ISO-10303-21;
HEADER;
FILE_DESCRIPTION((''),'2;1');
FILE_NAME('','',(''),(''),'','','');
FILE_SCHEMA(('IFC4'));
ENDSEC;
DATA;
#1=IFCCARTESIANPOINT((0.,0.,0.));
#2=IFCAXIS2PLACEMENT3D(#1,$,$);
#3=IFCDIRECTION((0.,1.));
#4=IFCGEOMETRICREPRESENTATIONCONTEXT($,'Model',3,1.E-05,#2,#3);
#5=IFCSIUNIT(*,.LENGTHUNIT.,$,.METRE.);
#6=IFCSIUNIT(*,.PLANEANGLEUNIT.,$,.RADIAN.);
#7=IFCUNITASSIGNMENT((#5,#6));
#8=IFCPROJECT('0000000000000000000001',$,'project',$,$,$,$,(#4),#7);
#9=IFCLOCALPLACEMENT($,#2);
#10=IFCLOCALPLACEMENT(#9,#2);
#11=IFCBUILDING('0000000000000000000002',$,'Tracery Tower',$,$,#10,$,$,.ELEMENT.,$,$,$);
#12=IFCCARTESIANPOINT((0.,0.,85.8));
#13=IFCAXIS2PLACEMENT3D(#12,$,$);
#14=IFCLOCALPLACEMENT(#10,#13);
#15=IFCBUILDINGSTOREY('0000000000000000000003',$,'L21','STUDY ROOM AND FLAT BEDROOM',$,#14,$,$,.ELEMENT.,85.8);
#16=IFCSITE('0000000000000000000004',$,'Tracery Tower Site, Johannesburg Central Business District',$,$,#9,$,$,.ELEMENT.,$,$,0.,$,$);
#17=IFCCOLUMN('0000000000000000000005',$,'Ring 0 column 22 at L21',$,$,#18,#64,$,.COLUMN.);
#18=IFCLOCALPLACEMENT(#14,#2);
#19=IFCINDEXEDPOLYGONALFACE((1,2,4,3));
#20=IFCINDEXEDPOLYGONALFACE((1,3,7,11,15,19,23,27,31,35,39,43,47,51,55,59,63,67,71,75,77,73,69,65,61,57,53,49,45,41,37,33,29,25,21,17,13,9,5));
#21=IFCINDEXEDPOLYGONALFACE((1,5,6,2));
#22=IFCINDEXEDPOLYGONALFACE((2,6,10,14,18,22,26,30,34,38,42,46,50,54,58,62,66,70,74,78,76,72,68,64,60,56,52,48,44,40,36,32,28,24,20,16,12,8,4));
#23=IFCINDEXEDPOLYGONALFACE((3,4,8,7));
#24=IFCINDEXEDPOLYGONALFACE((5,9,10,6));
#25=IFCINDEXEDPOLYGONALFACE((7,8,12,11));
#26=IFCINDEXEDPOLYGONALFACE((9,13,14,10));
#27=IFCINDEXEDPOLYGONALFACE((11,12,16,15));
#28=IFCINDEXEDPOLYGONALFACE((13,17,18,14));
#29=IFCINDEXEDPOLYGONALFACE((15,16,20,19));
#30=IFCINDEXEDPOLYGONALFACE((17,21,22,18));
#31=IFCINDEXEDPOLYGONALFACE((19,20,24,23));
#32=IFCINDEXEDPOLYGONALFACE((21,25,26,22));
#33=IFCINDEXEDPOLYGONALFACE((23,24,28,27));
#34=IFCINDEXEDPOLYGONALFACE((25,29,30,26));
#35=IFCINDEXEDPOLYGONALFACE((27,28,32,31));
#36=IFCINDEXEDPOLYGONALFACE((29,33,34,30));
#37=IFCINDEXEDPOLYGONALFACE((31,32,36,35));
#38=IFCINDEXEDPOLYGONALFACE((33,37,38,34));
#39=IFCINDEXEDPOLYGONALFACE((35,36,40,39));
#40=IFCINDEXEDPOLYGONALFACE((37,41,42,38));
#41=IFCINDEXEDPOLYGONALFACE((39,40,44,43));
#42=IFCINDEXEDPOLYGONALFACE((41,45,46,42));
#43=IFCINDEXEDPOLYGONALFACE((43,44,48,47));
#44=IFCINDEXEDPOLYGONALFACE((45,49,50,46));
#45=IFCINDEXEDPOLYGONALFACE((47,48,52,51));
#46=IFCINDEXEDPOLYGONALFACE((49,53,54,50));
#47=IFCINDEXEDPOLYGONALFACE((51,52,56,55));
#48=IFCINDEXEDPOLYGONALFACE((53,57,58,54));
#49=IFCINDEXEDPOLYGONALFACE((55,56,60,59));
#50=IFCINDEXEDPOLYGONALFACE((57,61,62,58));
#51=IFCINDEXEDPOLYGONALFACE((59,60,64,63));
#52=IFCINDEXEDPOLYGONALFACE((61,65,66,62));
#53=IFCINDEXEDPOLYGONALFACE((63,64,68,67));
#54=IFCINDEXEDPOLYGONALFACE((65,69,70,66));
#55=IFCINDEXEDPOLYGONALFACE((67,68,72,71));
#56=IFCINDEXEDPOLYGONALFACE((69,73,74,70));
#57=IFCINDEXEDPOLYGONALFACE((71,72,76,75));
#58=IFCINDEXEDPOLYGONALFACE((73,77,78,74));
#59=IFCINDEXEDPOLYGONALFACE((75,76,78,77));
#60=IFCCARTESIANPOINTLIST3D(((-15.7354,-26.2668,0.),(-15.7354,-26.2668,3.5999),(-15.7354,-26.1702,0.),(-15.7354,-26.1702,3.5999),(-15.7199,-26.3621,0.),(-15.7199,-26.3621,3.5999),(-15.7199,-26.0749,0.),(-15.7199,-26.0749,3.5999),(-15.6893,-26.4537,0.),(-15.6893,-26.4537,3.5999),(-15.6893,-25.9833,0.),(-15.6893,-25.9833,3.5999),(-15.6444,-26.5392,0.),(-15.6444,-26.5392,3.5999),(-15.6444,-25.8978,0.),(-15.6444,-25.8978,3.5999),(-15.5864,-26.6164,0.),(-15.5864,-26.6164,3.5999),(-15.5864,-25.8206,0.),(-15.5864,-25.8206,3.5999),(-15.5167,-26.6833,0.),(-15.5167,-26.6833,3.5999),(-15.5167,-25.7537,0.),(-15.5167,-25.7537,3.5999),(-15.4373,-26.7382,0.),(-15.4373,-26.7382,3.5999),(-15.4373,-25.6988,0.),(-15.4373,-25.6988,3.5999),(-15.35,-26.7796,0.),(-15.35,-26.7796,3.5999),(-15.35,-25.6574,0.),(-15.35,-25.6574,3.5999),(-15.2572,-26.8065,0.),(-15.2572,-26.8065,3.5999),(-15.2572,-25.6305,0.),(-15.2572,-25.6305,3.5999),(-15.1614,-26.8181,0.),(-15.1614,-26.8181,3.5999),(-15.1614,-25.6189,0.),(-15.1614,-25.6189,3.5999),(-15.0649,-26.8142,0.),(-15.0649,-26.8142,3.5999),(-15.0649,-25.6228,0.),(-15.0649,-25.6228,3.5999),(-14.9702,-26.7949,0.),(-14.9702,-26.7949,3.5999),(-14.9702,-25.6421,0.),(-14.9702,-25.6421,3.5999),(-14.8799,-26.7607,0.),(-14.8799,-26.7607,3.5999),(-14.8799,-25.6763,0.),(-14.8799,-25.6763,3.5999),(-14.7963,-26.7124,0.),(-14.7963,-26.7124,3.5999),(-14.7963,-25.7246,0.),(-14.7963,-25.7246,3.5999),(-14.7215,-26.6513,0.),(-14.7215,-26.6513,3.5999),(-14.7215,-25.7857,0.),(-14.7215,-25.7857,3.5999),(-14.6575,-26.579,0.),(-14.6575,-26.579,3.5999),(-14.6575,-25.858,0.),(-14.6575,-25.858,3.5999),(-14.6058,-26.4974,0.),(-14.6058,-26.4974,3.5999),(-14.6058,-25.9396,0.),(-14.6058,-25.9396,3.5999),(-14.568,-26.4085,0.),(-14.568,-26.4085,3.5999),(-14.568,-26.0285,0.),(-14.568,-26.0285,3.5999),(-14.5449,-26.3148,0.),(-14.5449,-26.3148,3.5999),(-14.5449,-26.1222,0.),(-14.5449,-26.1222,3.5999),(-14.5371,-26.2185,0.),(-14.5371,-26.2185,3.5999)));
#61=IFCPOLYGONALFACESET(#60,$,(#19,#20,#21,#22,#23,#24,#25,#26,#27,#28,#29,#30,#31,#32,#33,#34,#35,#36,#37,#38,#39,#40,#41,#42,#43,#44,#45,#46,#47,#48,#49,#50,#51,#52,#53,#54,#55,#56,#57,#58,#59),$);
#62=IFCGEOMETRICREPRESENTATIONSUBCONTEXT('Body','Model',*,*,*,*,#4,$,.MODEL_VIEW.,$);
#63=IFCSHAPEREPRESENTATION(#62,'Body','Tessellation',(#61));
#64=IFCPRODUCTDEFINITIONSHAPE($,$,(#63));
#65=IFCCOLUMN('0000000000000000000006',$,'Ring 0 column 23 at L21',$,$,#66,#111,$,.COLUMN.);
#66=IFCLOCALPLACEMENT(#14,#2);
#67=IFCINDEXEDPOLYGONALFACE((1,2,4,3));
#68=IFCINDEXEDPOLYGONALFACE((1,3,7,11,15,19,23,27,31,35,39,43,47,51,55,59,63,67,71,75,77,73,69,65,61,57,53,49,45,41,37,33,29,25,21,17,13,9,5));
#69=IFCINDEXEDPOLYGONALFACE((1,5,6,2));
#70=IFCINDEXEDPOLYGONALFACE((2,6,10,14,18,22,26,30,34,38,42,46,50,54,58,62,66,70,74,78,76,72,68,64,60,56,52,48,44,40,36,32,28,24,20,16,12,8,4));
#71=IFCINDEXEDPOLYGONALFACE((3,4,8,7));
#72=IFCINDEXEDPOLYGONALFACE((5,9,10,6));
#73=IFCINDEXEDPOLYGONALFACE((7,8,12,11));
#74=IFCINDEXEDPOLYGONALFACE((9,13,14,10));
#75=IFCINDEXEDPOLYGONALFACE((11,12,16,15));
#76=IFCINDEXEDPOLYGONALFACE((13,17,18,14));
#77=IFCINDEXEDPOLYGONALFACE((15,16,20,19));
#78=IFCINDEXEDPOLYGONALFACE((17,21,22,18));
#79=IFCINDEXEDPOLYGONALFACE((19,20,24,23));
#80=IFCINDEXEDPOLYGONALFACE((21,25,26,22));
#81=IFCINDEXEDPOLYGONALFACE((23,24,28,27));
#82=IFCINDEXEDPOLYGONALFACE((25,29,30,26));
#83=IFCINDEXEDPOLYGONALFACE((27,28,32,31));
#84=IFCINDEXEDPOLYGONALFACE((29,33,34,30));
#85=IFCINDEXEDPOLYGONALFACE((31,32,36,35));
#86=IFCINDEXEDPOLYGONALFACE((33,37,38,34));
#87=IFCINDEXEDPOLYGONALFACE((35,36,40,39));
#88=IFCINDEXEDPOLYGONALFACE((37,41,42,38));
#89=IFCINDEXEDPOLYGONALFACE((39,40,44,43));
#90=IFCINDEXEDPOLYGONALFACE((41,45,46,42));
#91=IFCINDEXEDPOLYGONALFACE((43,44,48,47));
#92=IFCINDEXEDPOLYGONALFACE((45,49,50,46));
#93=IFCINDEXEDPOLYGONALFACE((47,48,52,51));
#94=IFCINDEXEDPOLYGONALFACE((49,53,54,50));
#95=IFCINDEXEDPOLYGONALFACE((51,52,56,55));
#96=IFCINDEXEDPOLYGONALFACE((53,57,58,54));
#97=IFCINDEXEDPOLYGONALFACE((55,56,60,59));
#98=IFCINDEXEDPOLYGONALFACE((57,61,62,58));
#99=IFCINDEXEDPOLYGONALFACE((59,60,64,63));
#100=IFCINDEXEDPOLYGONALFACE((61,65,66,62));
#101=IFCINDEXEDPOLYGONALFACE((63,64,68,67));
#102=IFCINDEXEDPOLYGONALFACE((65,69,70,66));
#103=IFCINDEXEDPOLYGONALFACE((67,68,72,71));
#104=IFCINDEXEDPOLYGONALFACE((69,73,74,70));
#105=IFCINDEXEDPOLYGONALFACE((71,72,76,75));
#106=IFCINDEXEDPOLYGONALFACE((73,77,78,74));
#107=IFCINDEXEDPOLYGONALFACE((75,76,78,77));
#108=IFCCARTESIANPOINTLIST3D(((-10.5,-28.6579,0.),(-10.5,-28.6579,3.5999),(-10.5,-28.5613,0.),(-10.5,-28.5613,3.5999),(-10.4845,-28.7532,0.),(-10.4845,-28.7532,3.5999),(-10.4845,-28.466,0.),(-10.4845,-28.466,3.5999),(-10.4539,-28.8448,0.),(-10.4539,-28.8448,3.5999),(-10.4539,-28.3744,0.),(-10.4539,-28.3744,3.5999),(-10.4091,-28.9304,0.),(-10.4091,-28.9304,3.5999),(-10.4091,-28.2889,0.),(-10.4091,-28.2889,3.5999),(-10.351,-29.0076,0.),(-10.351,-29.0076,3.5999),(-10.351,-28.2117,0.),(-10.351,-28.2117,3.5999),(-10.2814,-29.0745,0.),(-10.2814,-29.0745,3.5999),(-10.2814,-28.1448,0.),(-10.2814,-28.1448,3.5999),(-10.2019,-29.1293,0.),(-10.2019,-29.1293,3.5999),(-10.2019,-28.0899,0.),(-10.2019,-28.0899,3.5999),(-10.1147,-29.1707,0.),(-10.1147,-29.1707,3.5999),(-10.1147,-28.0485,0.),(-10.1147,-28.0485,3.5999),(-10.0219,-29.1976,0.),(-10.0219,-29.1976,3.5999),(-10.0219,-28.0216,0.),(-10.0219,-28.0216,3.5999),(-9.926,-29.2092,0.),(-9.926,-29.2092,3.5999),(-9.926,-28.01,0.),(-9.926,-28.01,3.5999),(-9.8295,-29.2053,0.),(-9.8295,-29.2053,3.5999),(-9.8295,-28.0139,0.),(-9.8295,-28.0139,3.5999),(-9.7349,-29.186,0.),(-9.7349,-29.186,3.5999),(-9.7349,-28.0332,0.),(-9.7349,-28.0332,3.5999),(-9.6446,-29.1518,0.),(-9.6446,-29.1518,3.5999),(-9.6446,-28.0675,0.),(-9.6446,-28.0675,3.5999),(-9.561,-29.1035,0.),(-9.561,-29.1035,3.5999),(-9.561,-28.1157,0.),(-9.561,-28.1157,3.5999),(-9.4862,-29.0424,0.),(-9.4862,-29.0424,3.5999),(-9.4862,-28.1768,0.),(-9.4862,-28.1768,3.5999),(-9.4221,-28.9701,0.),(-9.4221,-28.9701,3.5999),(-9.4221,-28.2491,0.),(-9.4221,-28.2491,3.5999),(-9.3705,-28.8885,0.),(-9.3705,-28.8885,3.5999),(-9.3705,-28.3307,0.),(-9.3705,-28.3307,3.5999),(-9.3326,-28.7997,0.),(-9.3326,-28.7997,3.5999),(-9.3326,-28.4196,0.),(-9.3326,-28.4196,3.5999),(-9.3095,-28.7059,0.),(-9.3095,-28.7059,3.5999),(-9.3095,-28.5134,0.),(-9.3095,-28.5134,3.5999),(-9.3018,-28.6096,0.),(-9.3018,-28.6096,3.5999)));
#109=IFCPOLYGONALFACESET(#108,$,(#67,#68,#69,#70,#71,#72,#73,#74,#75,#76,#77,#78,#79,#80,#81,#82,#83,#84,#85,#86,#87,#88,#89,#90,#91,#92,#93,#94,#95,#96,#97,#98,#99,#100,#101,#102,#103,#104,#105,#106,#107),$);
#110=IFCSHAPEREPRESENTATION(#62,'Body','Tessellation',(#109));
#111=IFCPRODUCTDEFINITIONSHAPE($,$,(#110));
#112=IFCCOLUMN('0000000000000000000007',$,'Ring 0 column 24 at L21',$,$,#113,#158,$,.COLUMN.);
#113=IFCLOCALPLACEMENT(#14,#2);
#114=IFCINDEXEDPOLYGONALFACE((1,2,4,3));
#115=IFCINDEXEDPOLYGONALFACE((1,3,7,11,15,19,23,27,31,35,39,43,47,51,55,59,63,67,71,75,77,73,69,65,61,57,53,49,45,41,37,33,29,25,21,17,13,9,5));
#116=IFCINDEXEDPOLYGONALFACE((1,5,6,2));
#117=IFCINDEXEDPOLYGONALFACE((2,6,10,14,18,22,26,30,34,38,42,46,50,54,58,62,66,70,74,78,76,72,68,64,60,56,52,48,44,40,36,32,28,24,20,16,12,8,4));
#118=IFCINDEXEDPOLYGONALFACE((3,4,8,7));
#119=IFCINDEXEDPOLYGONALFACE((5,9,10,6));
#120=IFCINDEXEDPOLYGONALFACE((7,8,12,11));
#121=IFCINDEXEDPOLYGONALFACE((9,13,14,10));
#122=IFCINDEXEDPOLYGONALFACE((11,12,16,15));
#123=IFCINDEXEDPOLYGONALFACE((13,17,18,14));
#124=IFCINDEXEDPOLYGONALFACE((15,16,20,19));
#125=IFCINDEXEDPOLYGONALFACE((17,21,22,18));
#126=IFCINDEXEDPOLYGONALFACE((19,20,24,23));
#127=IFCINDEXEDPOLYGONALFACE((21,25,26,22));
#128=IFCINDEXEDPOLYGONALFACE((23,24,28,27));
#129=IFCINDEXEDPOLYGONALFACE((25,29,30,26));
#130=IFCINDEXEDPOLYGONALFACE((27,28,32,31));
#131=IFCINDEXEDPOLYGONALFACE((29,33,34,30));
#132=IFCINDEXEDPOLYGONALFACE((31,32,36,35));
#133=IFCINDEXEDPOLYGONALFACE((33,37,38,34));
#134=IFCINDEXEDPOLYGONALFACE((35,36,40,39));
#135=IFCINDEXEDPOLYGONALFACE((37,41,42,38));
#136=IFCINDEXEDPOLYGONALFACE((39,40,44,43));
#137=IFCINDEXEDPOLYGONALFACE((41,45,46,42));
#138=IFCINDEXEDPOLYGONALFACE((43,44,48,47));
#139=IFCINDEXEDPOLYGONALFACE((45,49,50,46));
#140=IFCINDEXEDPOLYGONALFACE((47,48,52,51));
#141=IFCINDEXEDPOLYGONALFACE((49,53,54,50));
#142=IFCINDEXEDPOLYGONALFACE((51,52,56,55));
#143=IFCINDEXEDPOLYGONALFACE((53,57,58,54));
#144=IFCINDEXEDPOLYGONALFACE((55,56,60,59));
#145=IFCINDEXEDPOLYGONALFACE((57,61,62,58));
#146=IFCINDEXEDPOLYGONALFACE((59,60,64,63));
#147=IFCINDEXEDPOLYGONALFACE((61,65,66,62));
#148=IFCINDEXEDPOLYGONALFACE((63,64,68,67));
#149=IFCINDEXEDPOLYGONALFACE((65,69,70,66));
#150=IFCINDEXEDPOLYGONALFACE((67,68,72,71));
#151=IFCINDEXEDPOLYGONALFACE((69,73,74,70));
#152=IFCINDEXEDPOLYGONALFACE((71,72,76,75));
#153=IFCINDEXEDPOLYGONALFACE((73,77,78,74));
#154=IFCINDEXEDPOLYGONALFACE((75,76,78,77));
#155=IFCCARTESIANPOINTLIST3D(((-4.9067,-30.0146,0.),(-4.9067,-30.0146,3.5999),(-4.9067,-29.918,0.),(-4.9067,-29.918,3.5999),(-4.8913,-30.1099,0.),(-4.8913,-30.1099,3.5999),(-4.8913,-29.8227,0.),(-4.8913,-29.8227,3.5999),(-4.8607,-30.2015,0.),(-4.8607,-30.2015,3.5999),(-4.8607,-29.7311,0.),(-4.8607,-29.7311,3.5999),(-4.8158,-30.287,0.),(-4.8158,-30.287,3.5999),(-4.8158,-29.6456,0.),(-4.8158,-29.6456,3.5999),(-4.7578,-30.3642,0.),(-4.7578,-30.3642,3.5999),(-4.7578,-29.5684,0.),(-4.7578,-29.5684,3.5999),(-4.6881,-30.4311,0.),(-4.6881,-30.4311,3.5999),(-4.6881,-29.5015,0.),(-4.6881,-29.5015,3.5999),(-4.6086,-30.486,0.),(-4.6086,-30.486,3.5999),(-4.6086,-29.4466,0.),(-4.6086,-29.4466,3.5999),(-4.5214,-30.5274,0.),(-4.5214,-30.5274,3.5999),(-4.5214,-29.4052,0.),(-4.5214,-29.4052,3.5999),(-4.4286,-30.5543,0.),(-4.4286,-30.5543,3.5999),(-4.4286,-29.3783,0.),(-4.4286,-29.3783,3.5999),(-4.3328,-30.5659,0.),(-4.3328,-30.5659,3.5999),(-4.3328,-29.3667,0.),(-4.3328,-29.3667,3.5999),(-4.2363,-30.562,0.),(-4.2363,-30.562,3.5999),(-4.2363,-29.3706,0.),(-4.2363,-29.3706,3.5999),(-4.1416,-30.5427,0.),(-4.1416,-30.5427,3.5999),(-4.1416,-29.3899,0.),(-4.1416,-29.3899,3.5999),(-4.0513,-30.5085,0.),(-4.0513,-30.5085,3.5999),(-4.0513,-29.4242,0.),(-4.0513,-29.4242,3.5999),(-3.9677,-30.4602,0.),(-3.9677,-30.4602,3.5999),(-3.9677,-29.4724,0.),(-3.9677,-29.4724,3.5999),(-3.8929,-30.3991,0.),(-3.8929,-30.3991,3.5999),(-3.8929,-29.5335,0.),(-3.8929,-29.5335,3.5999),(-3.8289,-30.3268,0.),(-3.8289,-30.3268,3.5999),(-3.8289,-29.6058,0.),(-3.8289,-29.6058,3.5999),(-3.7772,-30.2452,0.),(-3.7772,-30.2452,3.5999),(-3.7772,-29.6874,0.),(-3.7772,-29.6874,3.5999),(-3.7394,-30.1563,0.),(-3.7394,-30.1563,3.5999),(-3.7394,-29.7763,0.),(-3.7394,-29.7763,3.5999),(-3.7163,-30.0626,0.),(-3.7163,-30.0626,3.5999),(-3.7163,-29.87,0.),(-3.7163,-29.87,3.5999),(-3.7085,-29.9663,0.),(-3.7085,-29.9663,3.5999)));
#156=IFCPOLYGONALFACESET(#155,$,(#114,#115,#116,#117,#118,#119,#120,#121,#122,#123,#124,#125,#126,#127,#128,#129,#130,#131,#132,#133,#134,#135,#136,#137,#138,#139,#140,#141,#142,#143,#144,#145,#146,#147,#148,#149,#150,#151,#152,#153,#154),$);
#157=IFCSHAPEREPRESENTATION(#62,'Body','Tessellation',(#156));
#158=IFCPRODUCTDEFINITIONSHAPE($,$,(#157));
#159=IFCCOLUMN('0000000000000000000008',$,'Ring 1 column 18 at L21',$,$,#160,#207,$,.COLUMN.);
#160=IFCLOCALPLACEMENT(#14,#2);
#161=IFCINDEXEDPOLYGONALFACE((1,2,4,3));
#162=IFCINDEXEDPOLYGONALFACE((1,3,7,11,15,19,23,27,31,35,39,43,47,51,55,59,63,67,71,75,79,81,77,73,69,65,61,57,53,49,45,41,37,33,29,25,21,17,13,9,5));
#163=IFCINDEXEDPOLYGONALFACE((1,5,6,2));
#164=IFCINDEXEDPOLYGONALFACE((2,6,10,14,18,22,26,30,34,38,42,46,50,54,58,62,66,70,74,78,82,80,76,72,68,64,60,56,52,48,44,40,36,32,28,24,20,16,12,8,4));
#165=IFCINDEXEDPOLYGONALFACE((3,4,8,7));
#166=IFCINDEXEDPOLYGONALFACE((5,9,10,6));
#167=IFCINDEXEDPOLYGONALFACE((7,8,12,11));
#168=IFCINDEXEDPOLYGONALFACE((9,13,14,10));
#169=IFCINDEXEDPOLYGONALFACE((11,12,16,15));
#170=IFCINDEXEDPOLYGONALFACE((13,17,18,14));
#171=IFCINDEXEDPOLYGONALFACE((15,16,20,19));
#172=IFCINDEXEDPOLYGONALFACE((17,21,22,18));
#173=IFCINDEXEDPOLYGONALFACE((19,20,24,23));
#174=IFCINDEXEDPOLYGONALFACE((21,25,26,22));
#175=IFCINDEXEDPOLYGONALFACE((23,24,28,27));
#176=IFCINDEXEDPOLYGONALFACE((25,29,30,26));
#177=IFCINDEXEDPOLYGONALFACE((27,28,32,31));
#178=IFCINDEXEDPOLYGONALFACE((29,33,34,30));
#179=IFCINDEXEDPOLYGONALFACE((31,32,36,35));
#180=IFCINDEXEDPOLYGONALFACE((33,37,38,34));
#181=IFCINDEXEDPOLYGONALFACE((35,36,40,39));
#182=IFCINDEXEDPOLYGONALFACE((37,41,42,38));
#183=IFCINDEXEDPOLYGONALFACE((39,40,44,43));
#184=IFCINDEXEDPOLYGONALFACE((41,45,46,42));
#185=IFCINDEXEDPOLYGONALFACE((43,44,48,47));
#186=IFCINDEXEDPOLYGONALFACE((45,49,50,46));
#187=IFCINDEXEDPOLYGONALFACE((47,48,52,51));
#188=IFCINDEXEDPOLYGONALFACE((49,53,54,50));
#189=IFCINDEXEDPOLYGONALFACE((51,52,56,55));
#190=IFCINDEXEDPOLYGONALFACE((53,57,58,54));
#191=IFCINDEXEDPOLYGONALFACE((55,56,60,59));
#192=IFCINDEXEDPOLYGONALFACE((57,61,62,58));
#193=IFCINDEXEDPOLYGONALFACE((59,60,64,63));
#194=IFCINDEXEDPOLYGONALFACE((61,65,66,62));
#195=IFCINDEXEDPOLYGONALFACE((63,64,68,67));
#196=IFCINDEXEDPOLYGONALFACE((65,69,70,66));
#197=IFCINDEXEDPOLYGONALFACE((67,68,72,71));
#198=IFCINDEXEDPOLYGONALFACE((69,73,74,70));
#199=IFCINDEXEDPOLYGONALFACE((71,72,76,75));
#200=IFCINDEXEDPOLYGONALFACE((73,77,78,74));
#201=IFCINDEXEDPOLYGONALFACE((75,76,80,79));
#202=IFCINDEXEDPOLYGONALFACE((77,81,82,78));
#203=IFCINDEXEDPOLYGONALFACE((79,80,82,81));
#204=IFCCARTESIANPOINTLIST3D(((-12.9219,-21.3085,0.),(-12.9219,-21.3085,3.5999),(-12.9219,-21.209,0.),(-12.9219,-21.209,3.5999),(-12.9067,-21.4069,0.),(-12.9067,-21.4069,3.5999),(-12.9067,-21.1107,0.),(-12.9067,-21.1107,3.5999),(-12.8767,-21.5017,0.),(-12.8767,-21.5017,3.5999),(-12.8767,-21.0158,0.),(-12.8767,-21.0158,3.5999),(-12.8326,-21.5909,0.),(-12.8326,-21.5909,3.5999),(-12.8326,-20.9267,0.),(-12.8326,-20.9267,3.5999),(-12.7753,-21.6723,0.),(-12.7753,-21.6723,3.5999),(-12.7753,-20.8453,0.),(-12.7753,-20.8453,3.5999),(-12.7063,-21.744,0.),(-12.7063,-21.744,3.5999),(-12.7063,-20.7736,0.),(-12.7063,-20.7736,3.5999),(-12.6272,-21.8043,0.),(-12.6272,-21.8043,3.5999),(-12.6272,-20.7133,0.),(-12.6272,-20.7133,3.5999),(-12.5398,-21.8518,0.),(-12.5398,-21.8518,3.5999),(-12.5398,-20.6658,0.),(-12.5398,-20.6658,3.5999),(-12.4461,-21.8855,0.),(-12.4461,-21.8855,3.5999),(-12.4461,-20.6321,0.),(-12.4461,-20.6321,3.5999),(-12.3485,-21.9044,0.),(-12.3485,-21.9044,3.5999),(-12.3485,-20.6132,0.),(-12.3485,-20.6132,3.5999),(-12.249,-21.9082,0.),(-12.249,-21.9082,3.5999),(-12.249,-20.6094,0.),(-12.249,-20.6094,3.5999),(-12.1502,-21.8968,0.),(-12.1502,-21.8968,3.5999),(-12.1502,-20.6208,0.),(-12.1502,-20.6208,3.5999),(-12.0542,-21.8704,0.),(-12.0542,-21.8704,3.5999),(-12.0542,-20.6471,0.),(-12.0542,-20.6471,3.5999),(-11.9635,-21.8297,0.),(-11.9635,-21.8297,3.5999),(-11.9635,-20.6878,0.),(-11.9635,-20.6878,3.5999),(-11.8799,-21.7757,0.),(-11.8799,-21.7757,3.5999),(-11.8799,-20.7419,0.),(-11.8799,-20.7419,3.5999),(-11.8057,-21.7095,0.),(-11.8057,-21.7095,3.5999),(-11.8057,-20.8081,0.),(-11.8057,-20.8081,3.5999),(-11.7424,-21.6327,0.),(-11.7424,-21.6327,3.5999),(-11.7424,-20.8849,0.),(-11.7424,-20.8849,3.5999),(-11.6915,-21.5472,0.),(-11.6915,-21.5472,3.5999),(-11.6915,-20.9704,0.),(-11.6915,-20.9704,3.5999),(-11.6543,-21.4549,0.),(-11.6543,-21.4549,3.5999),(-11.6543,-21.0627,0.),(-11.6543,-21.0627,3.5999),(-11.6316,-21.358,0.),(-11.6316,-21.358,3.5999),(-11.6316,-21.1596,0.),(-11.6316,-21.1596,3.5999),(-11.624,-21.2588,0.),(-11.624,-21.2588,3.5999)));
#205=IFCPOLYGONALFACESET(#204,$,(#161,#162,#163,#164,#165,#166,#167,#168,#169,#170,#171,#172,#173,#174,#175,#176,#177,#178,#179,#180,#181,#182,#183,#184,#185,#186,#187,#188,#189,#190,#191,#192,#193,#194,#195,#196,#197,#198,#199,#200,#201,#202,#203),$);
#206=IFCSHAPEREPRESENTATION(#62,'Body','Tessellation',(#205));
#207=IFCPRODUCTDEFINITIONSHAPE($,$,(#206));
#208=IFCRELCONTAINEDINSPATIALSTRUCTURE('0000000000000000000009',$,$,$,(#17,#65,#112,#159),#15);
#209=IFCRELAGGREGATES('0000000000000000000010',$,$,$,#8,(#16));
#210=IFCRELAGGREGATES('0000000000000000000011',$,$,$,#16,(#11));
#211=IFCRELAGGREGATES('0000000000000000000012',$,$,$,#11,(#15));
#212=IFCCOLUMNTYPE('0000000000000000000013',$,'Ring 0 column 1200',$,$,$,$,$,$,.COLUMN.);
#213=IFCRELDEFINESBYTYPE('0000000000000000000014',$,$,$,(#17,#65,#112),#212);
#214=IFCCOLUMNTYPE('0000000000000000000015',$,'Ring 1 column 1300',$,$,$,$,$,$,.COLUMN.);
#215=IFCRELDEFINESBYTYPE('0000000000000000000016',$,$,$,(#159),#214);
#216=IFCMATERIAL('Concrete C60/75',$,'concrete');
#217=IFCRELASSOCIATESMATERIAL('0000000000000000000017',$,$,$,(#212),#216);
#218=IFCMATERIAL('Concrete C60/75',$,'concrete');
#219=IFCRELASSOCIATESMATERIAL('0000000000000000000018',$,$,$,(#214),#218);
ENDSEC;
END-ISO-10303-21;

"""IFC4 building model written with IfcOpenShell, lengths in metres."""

from ifc_helpers import new_model, si_unit, direction, frame, origin, origin_2d, place, context, subcontext, project, spatial, circle, extrude, material, material_profile, profile_set, type_object, element, save


model = new_model("IFC4")

# Units and contexts
model_context = context("Model", 3, precision=1e-05, world=origin(), true_north=direction((0.0, 1.0)))
body_context = subcontext(model_context, "Body", "Model", "MODEL_VIEW")
ifc_project = project(units=[si_unit("LENGTHUNIT", "METRE"), si_unit("PLANEANGLEUNIT", "RADIAN")], contexts=[model_context])

# Site, building, storey
site_placement = place(None, origin())
site = spatial("IfcSite", under=ifc_project, at=site_placement, Name="Tracery Tower Site, Johannesburg Central Business District", CompositionType="ELEMENT", RefElevation=0.0)
building_placement = place(site_placement, origin())
building = spatial("IfcBuilding", under=site, at=building_placement, Name="Tracery Tower", CompositionType="ELEMENT")
storey_placement = place(building_placement, frame((0.0, 0.0, 85.8)))
storey = spatial("IfcBuildingStorey", under=building, at=storey_placement, Name="L21", Description="STUDY ROOM AND FLAT BEDROOM", CompositionType="ELEMENT", Elevation=85.8)

# Columns
ifc_material_1 = material(Name="Concrete C60/75", Category="concrete")
ifc_material_profile_1 = material_profile(ifc_material_1, circle(Radius=0.6001, at=origin_2d()), Name="RC D1200")
ifc_profile_set_1 = profile_set([ifc_material_profile_1], Name="Concrete C60/75")
column_type_1 = type_object("IfcColumnType", Name="Ring 0 column 1200", PredefinedType="COLUMN", material=ifc_profile_set_1)
for number, where, z_axis, x_axis, name in (
    (1, (-15.1372, -26.2185, 0.0), (0.0, 0.0, 1.0), (1.0, 0.0, 0.0), "Ring 0 column 22 at L21"),
    (2, (-9.9019, -28.6096, 0.0), (0.0, 0.0, 1.0), (1.0, 0.0, 0.0), "Ring 0 column 23 at L21"),
    (3, (-4.3086, -29.9663, 0.0), (0.0, 0.0, 1.0), (1.0, 0.0, 0.0), "Ring 0 column 24 at L21"),
):
    element("IfcColumn", number, at=place(storey_placement, frame(where, z_axis=z_axis, x_axis=x_axis)), inside=storey, type_object=column_type_1, Name=name, PredefinedType="COLUMN", context=body_context, shape_type="SweptSolid", body=[
        extrude(circle(Radius=0.6001, at=origin_2d()), origin(), (0.0, 0.0, 1.0), 3.5999),
    ])
ifc_material_2 = material(Name="Concrete C60/75", Category="concrete")
ifc_material_profile_2 = material_profile(ifc_material_2, circle(Radius=0.6499, at=origin_2d()), Name="RC D1300")
ifc_profile_set_2 = profile_set([ifc_material_profile_2], Name="Concrete C60/75")
column_type_2 = type_object("IfcColumnType", Name="Ring 1 column 1300", PredefinedType="COLUMN", material=ifc_profile_set_2)
for number, where, z_axis, x_axis, name in (
    (4, (-12.2739, -21.2588, 0.0), (0.0, 0.0, 1.0), (1.0, 0.0, 0.0), "Ring 1 column 18 at L21"),
):
    element("IfcColumn", number, at=place(storey_placement, frame(where, z_axis=z_axis, x_axis=x_axis)), inside=storey, type_object=column_type_2, Name=name, PredefinedType="COLUMN", context=body_context, shape_type="SweptSolid", body=[
        extrude(circle(Radius=0.6499, at=origin_2d()), origin(), (0.0, 0.0, 1.0), 3.5999),
    ])

save(model, "model.ifc")
